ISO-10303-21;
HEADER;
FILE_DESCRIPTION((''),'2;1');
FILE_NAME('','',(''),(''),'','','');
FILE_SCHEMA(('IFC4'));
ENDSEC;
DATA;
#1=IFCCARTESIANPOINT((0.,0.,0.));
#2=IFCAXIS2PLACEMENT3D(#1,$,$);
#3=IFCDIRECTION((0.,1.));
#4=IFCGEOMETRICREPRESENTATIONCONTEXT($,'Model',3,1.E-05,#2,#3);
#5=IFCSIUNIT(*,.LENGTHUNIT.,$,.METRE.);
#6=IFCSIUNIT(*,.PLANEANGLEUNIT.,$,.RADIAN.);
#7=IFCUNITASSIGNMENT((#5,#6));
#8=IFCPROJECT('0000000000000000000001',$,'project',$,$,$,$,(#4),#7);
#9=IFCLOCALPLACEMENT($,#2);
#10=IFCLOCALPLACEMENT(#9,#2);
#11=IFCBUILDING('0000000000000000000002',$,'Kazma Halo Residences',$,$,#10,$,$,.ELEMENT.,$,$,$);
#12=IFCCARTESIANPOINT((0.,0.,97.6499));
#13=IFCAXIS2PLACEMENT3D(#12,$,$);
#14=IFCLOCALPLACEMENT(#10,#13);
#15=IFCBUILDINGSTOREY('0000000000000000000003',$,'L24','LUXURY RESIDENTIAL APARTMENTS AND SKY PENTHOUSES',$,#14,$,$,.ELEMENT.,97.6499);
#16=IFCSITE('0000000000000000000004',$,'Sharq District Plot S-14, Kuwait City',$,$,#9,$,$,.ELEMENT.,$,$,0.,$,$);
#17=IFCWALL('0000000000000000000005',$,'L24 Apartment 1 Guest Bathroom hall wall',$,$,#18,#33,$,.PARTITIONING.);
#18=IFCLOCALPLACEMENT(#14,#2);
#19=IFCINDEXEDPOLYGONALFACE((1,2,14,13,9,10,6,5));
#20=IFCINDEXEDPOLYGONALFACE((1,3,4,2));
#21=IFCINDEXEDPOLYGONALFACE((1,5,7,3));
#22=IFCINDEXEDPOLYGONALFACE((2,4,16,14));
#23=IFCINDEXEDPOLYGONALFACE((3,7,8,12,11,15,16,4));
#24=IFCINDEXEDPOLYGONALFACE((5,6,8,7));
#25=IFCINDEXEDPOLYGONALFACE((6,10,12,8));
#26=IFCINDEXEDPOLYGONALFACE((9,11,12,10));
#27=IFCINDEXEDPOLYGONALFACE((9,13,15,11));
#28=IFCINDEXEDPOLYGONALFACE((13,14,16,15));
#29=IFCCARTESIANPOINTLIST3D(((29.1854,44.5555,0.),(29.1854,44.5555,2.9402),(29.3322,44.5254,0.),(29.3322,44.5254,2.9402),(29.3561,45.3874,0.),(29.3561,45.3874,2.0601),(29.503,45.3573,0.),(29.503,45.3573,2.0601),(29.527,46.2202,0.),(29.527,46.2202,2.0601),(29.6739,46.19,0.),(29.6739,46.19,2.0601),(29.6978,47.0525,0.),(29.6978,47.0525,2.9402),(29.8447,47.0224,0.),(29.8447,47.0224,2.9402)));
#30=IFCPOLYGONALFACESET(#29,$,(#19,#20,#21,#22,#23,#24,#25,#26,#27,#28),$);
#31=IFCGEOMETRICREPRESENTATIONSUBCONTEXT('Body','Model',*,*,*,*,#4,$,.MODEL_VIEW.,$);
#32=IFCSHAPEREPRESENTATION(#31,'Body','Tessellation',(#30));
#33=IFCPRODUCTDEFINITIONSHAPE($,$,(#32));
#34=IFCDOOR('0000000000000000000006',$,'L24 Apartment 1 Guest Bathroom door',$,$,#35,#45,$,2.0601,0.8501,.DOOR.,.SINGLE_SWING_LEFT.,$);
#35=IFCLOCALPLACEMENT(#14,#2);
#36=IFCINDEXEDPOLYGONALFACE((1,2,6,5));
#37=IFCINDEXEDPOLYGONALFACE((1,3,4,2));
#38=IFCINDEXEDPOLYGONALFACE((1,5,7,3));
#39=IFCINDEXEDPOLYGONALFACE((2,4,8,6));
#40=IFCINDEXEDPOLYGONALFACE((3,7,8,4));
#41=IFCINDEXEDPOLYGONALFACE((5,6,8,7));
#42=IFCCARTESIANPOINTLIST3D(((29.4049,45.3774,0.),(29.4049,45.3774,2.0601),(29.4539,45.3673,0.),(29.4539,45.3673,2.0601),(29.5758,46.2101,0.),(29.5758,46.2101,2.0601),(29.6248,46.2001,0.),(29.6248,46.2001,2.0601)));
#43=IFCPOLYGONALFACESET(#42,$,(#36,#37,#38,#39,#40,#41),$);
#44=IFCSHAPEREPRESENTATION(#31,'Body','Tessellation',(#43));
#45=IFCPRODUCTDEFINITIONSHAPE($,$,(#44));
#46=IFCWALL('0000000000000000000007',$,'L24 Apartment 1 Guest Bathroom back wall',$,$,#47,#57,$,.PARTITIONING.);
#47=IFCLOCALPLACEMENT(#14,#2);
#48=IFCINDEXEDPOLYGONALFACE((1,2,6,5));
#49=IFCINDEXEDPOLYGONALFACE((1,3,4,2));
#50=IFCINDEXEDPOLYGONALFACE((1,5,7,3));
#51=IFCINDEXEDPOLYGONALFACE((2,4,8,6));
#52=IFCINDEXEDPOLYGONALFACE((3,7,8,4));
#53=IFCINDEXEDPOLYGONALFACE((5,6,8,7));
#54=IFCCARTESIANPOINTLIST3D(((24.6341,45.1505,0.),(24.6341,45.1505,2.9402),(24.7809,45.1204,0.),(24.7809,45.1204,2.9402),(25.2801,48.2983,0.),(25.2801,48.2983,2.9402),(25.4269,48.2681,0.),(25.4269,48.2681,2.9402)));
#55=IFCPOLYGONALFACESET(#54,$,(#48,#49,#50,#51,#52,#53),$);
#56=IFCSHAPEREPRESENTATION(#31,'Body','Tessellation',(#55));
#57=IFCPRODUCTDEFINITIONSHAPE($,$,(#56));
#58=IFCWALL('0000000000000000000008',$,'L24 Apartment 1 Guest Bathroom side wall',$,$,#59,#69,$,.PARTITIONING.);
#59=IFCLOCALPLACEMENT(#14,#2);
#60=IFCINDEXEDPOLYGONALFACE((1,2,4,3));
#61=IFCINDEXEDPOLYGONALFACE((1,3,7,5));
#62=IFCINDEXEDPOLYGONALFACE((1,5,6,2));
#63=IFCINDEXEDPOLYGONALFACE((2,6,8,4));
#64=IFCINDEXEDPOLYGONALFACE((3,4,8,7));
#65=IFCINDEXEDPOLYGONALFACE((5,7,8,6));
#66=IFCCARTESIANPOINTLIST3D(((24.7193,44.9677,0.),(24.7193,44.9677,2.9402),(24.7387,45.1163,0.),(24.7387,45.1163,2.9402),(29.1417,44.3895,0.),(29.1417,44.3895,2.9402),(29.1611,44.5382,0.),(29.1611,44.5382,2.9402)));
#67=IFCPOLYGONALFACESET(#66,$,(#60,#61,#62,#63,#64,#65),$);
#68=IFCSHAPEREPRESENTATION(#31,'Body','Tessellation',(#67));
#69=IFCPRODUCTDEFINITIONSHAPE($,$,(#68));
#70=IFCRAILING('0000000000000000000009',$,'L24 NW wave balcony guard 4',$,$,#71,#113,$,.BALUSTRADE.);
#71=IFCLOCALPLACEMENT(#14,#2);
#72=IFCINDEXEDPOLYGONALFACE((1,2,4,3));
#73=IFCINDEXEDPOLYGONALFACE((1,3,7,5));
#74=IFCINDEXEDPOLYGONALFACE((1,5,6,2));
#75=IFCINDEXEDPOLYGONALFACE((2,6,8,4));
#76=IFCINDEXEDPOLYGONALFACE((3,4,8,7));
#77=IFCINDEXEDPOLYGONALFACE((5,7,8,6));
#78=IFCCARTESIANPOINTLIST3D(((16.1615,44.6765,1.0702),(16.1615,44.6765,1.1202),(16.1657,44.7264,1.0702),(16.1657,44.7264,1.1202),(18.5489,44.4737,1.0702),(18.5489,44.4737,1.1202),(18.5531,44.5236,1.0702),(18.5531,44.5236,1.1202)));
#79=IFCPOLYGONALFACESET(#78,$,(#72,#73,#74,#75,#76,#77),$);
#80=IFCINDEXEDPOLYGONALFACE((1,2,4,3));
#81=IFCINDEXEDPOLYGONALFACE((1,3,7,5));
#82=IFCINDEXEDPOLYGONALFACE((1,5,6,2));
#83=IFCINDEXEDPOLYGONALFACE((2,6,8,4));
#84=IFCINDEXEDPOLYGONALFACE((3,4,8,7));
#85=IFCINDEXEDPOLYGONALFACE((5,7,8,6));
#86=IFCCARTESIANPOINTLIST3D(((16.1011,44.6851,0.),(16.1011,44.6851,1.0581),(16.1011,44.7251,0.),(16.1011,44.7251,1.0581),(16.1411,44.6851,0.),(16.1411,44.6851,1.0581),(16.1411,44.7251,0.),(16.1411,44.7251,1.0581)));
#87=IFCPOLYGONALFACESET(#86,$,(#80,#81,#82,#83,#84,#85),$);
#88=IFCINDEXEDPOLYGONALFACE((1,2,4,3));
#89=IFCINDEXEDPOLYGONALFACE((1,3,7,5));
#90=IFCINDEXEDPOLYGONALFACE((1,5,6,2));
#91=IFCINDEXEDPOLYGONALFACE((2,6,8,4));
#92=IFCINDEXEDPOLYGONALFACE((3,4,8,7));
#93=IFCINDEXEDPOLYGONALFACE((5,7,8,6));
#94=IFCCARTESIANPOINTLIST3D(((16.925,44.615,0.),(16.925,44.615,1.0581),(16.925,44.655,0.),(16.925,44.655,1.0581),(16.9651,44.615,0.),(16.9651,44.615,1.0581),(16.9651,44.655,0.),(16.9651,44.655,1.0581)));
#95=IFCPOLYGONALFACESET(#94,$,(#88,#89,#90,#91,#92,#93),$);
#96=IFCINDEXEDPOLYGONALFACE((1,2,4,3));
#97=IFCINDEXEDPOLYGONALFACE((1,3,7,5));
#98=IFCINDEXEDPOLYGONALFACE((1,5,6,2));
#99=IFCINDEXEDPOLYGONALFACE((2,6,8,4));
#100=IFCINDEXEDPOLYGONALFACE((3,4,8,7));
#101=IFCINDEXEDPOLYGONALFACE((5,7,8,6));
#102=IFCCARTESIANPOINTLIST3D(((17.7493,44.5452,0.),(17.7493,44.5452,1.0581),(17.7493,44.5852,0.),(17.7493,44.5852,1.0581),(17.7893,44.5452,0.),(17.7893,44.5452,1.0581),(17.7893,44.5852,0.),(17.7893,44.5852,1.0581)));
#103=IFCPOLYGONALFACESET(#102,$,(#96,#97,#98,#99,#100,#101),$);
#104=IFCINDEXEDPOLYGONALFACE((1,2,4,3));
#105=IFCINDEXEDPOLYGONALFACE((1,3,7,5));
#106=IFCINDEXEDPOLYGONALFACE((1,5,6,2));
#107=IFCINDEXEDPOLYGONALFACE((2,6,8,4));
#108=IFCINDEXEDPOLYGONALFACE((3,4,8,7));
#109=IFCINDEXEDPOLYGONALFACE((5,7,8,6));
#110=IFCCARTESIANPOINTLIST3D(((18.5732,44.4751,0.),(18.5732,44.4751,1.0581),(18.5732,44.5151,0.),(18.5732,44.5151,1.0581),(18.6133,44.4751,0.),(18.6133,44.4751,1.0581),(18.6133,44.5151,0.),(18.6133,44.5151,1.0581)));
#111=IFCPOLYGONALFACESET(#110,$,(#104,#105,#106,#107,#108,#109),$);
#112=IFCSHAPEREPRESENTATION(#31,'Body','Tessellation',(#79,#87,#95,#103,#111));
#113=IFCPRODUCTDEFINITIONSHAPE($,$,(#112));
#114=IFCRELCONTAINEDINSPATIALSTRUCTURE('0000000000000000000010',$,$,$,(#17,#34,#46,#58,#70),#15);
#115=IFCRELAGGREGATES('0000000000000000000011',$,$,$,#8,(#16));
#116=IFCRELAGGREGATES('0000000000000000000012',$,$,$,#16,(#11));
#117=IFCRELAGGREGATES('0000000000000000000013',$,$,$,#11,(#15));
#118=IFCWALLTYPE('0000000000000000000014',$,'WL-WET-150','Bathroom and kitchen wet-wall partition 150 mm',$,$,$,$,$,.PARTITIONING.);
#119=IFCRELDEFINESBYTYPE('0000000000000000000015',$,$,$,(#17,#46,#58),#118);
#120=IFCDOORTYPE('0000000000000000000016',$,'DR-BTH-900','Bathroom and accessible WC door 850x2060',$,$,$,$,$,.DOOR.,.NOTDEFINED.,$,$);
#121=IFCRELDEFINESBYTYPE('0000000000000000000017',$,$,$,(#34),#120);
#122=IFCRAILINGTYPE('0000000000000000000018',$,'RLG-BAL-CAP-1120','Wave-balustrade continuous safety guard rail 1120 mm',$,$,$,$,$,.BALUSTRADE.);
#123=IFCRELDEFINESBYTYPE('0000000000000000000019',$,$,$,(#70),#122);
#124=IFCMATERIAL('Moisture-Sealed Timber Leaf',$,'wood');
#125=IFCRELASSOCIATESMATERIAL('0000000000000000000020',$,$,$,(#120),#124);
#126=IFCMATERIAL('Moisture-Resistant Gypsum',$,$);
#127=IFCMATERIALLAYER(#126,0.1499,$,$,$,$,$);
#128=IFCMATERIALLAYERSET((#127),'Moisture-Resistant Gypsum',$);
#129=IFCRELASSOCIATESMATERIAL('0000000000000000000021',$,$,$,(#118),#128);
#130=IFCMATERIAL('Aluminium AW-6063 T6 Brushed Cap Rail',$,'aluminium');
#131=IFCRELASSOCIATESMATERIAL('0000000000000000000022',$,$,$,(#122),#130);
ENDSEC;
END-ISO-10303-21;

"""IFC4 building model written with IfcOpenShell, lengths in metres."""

from ifc_helpers import new_model, si_unit, direction, frame, frame_2d, origin, origin_2d, place, context, subcontext, project, spatial, rectangle, extrude, material, layer, layer_set, type_object, element, fill, save


model = new_model("IFC4")

# Units and contexts
model_context = context("Model", 3, precision=1e-05, world=origin(), true_north=direction((0.0, 1.0)))
body_context = subcontext(model_context, "Body", "Model", "MODEL_VIEW")
ifc_project = project(units=[si_unit("LENGTHUNIT", "METRE"), si_unit("PLANEANGLEUNIT", "RADIAN")], contexts=[model_context])

# Site, building, storey
site_placement = place(None, origin())
site = spatial("IfcSite", under=ifc_project, at=site_placement, Name="Sharq District Plot S-14, Kuwait City", CompositionType="ELEMENT", RefElevation=0.0)
building_placement = place(site_placement, origin())
building = spatial("IfcBuilding", under=site, at=building_placement, Name="Kazma Halo Residences", CompositionType="ELEMENT")
storey_placement = place(building_placement, frame((0.0, 0.0, 97.6499)))
storey = spatial("IfcBuildingStorey", under=building, at=storey_placement, Name="L24", Description="LUXURY RESIDENTIAL APARTMENTS AND SKY PENTHOUSES", CompositionType="ELEMENT", Elevation=97.6499)

# Shared definitions
ifc_material_1 = material(Name="Moisture-Sealed Timber Leaf", Category="wood")
door_type = type_object("IfcDoorType", Name="DR-BTH-900", Description="Bathroom and accessible WC door 850x2060", OperationType="NOTDEFINED", PredefinedType="DOOR", material=ifc_material_1)

# Wall, opening, door
ifc_material_2 = material(Name="Moisture-Resistant Gypsum")
ifc_layer_1 = layer(ifc_material_2, 0.1499)
ifc_layer_set_1 = layer_set([ifc_layer_1], Name="Moisture-Resistant Gypsum")
wall_type_1 = type_object("IfcWallType", Name="WL-WET-150", Description="Bathroom and kitchen wet-wall partition 150 mm", PredefinedType="PARTITIONING", material=ifc_layer_set_1)
wall_1_placement = place(storey_placement, frame((29.7712, 47.0374, 0.0), z_axis=(0.0, 0.0, 1.0), x_axis=(-0.201031, -0.979585, 0.0)))
wall_1 = element("IfcWall", 1, at=wall_1_placement, inside=storey, type_object=wall_type_1, Name="L24 Apartment 1 Guest Bathroom hall wall", PredefinedType="PARTITIONING", context=body_context, shape_type="SweptSolid", body=[
    extrude(rectangle(XDim=2.5491, YDim=0.1499, at=frame_2d((1.2744, 0.0))), origin(), (0.0, 0.0, 1.0), 2.9402),
])
opening_1_placement = place(wall_1_placement, frame((0.8496, 0.0, 0.0)))
opening_1 = element("IfcOpeningElement", 2, at=opening_1_placement, cuts=wall_1, PredefinedType="OPENING", context=body_context, shape_type="SweptSolid", body=[
    extrude(rectangle(XDim=0.8501, YDim=2.0601, at=frame_2d((0.425, 1.03))), frame((0.0, 0.085, 0.0), z_axis=(0.0, -1.0, 0.0), x_axis=(1.0, 0.0, 0.0)), (0.0, 0.0, 1.0), 0.1699),
])
door_1_placement = place(opening_1_placement, origin())
door_1 = element("IfcDoor", 3, at=door_1_placement, inside=storey, type_object=door_type, Name="L24 Apartment 1 Guest Bathroom door", OperationType="SINGLE_SWING_LEFT", OverallHeight=2.0601, OverallWidth=0.8501, PredefinedType="DOOR", context=body_context, shape_type="SweptSolid", body=[
    extrude(rectangle(XDim=0.8501, YDim=2.0601, at=frame_2d((0.425, 1.03))), frame((0.0, 0.0249, 0.0), z_axis=(0.0, -1.0, 0.0), x_axis=(1.0, 0.0, 0.0)), (0.0, 0.0, 1.0), 0.05),
])
fill(opening_1, door_1)

# Walls
wall_2_placement = place(storey_placement, frame((25.3535, 48.2832, 0.0), z_axis=(0.0, 0.0, 1.0), x_axis=(-0.201038, -0.979584, 0.0)))
element("IfcWall", 4, at=wall_2_placement, inside=storey, type_object=wall_type_1, Name="L24 Apartment 1 Guest Bathroom back wall", PredefinedType="PARTITIONING", context=body_context, shape_type="SweptSolid", body=[
    extrude(rectangle(XDim=3.2134, YDim=0.1499, at=frame_2d((1.6067, 0.0))), origin(), (0.0, 0.0, 1.0), 2.9402),
])
wall_3_placement = place(storey_placement, frame((29.1514, 44.4639, 0.0), z_axis=(0.0, 0.0, 1.0), x_axis=(-0.991563, 0.129625, 0.0)))
element("IfcWall", 5, at=wall_3_placement, inside=storey, type_object=wall_type_1, Name="L24 Apartment 1 Guest Bathroom side wall", PredefinedType="PARTITIONING", context=body_context, shape_type="SweptSolid", body=[
    extrude(rectangle(XDim=4.46, YDim=0.1499, at=frame_2d((2.23, 0.0))), origin(), (0.0, 0.0, 1.0), 2.9402),
])

# Railing
ifc_material_3 = material(Name="Aluminium AW-6063 T6 Brushed Cap Rail", Category="aluminium")
railing_type = type_object("IfcRailingType", Name="RLG-BAL-CAP-1120", Description="Wave-balustrade continuous safety guard rail 1120 mm", PredefinedType="BALUSTRADE", material=ifc_material_3)
railing_placement = place(storey_placement, frame((16.1211, 44.7051, 0.0)))
element("IfcRailing", 6, at=railing_placement, inside=storey, type_object=railing_type, Name="L24 NW wave balcony guard 4", PredefinedType="BALUSTRADE", context=body_context, shape_type="SweptSolid", body=[
    extrude(rectangle(XDim=0.05, YDim=0.05, at=origin_2d()), frame((0.0425, -0.0037, 1.0952), z_axis=(0.996413, -0.084625, 0.0), x_axis=(0.084625, 0.996413, 0.0)), (0.0, 0.0, 1.0), 2.396),
    extrude(rectangle(XDim=0.04, YDim=0.04, at=origin_2d()), origin(), (0.0, 0.0, 1.0), 1.0581),
    extrude(rectangle(XDim=0.04, YDim=0.04, at=origin_2d()), frame((0.824, -0.0701, 0.0)), (0.0, 0.0, 1.0), 1.0581),
    extrude(rectangle(XDim=0.04, YDim=0.04, at=origin_2d()), frame((1.6482, -0.1399, 0.0)), (0.0, 0.0, 1.0), 1.0581),
    extrude(rectangle(XDim=0.04, YDim=0.04, at=origin_2d()), frame((2.4722, -0.21, 0.0)), (0.0, 0.0, 1.0), 1.0581),
])

save(model, "model.ifc")
